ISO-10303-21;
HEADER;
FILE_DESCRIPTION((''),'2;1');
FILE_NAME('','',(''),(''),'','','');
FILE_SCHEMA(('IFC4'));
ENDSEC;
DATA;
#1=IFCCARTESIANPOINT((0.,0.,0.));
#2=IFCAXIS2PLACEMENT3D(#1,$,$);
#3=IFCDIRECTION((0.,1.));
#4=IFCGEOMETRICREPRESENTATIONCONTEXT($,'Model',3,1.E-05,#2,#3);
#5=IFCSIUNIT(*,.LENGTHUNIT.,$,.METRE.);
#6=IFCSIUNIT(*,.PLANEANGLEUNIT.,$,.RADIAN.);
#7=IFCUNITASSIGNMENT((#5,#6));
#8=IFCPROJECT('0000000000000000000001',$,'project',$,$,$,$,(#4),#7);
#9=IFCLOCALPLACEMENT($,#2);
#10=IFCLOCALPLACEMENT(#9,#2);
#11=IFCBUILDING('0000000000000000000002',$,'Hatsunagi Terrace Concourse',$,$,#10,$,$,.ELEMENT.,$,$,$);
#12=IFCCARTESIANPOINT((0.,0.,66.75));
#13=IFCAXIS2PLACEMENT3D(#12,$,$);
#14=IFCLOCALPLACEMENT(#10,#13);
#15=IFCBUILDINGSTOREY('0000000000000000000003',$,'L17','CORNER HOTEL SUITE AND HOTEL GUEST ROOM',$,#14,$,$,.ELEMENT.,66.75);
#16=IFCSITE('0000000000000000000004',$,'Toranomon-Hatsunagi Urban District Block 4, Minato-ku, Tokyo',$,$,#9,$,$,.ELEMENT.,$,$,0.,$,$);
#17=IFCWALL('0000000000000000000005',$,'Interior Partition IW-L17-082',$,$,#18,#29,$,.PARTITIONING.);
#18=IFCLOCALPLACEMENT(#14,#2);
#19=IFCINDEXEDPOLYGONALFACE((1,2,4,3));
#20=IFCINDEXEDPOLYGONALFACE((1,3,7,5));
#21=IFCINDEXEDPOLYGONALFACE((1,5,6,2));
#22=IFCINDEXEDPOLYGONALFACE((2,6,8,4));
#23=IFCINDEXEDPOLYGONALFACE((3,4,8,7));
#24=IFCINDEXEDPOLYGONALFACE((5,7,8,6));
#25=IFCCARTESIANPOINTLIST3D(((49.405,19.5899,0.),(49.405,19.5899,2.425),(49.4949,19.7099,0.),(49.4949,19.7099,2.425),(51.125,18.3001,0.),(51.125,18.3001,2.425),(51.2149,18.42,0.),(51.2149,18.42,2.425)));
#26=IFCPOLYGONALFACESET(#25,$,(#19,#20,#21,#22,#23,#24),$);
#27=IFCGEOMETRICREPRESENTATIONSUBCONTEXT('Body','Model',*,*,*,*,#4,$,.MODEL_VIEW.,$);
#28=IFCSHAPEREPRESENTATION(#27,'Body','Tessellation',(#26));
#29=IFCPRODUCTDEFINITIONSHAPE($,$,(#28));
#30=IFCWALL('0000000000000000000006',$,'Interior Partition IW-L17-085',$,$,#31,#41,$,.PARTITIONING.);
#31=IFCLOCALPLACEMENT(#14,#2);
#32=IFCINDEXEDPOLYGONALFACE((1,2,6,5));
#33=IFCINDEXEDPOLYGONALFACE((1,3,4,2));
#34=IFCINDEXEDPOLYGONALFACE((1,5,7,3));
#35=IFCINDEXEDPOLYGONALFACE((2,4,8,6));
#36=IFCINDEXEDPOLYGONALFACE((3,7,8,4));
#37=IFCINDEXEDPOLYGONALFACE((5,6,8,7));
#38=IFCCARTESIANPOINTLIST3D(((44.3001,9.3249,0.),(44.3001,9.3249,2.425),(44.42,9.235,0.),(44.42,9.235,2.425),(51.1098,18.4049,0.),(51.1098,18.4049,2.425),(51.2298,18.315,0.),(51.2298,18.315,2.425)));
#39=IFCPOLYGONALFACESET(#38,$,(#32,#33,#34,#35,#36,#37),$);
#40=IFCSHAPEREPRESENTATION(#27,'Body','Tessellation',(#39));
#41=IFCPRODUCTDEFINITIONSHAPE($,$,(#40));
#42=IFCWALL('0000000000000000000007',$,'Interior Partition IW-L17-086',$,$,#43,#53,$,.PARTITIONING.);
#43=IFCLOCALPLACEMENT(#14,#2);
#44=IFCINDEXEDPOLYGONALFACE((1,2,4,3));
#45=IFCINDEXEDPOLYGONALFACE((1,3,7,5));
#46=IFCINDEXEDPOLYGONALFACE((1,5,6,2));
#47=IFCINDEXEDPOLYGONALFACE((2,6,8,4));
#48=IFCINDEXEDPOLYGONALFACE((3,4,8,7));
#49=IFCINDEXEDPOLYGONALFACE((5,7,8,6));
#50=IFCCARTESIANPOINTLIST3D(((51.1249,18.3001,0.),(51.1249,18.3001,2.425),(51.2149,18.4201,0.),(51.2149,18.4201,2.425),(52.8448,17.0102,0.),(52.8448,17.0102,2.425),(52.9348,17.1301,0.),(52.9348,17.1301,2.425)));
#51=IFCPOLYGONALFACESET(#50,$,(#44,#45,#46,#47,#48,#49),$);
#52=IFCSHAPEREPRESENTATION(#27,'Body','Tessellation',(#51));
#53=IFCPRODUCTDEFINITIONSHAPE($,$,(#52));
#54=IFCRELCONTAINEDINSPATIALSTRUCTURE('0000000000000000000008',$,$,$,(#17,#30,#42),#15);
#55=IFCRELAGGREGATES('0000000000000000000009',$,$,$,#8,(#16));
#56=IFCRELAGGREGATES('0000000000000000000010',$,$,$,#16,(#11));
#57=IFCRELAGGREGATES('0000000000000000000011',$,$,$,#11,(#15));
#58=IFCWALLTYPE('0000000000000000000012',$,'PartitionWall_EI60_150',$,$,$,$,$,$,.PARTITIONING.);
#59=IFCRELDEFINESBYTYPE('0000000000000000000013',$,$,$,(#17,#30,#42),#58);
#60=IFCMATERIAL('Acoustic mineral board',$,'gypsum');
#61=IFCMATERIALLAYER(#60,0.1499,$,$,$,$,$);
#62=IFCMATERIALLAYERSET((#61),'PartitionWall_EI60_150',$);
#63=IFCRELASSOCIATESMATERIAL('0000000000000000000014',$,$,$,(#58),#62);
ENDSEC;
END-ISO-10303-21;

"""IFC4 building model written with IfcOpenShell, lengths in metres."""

from ifc_helpers import new_model, si_unit, direction, frame, frame_2d, origin, place, context, subcontext, project, spatial, rectangle, extrude, material, layer, layer_set, type_object, element, save


model = new_model("IFC4")

# Units and contexts
model_context = context("Model", 3, precision=1e-05, world=origin(), true_north=direction((0.0, 1.0)))
body_context = subcontext(model_context, "Body", "Model", "MODEL_VIEW")
ifc_project = project(units=[si_unit("LENGTHUNIT", "METRE"), si_unit("PLANEANGLEUNIT", "RADIAN")], contexts=[model_context])

# Site, building, storey
site_placement = place(None, origin())
site = spatial("IfcSite", under=ifc_project, at=site_placement, Name="Toranomon-Hatsunagi Urban District Block 4, Minato-ku, Tokyo", CompositionType="ELEMENT", RefElevation=0.0)
building_placement = place(site_placement, origin())
building = spatial("IfcBuilding", under=site, at=building_placement, Name="Hatsunagi Terrace Concourse", CompositionType="ELEMENT")
storey_placement = place(building_placement, frame((0.0, 0.0, 66.75)))
storey = spatial("IfcBuildingStorey", under=building, at=storey_placement, Name="L17", Description="CORNER HOTEL SUITE AND HOTEL GUEST ROOM", CompositionType="ELEMENT", Elevation=66.75)

# Walls
ifc_material_1 = material(Name="Acoustic mineral board", Category="gypsum")
ifc_layer_1 = layer(ifc_material_1, 0.1499)
ifc_layer_set_1 = layer_set([ifc_layer_1], Name="PartitionWall_EI60_150")
wall_type_1 = type_object("IfcWallType", Name="PartitionWall_EI60_150", PredefinedType="PARTITIONING", material=ifc_layer_set_1)
wall_1_placement = place(storey_placement, frame((49.45, 19.6499, 0.0), z_axis=(0.0, 0.0, 1.0), x_axis=(0.800041, -0.599945, 0.0)))
element("IfcWall", 1, at=wall_1_placement, inside=storey, type_object=wall_type_1, Name="Interior Partition IW-L17-082", PredefinedType="PARTITIONING", context=body_context, shape_type="SweptSolid", body=[
    extrude(rectangle(XDim=2.1499, YDim=0.1499, at=frame_2d((1.075, 0.0))), origin(), (0.0, 0.0, 1.0), 2.425),
])
wall_2_placement = place(storey_placement, frame((44.3601, 9.28, 0.0), z_axis=(0.0, 0.0, 1.0), x_axis=(0.599986, 0.80001, 0.0)))
element("IfcWall", 2, at=wall_2_placement, inside=storey, type_object=wall_type_1, Name="Interior Partition IW-L17-085", PredefinedType="PARTITIONING", context=body_context, shape_type="SweptSolid", body=[
    extrude(rectangle(XDim=11.3499, YDim=0.1499, at=frame_2d((5.6748, 0.0))), origin(), (0.0, 0.0, 1.0), 2.425),
])
wall_3_placement = place(storey_placement, frame((51.1699, 18.3601, 0.0), z_axis=(0.0, 0.0, 1.0), x_axis=(0.799986, -0.600018, 0.0)))
element("IfcWall", 3, at=wall_3_placement, inside=storey, type_object=wall_type_1, Name="Interior Partition IW-L17-086", PredefinedType="PARTITIONING", context=body_context, shape_type="SweptSolid", body=[
    extrude(rectangle(XDim=2.1499, YDim=0.1499, at=frame_2d((1.075, 0.0))), origin(), (0.0, 0.0, 1.0), 2.425),
])

save(model, "model.ifc")
